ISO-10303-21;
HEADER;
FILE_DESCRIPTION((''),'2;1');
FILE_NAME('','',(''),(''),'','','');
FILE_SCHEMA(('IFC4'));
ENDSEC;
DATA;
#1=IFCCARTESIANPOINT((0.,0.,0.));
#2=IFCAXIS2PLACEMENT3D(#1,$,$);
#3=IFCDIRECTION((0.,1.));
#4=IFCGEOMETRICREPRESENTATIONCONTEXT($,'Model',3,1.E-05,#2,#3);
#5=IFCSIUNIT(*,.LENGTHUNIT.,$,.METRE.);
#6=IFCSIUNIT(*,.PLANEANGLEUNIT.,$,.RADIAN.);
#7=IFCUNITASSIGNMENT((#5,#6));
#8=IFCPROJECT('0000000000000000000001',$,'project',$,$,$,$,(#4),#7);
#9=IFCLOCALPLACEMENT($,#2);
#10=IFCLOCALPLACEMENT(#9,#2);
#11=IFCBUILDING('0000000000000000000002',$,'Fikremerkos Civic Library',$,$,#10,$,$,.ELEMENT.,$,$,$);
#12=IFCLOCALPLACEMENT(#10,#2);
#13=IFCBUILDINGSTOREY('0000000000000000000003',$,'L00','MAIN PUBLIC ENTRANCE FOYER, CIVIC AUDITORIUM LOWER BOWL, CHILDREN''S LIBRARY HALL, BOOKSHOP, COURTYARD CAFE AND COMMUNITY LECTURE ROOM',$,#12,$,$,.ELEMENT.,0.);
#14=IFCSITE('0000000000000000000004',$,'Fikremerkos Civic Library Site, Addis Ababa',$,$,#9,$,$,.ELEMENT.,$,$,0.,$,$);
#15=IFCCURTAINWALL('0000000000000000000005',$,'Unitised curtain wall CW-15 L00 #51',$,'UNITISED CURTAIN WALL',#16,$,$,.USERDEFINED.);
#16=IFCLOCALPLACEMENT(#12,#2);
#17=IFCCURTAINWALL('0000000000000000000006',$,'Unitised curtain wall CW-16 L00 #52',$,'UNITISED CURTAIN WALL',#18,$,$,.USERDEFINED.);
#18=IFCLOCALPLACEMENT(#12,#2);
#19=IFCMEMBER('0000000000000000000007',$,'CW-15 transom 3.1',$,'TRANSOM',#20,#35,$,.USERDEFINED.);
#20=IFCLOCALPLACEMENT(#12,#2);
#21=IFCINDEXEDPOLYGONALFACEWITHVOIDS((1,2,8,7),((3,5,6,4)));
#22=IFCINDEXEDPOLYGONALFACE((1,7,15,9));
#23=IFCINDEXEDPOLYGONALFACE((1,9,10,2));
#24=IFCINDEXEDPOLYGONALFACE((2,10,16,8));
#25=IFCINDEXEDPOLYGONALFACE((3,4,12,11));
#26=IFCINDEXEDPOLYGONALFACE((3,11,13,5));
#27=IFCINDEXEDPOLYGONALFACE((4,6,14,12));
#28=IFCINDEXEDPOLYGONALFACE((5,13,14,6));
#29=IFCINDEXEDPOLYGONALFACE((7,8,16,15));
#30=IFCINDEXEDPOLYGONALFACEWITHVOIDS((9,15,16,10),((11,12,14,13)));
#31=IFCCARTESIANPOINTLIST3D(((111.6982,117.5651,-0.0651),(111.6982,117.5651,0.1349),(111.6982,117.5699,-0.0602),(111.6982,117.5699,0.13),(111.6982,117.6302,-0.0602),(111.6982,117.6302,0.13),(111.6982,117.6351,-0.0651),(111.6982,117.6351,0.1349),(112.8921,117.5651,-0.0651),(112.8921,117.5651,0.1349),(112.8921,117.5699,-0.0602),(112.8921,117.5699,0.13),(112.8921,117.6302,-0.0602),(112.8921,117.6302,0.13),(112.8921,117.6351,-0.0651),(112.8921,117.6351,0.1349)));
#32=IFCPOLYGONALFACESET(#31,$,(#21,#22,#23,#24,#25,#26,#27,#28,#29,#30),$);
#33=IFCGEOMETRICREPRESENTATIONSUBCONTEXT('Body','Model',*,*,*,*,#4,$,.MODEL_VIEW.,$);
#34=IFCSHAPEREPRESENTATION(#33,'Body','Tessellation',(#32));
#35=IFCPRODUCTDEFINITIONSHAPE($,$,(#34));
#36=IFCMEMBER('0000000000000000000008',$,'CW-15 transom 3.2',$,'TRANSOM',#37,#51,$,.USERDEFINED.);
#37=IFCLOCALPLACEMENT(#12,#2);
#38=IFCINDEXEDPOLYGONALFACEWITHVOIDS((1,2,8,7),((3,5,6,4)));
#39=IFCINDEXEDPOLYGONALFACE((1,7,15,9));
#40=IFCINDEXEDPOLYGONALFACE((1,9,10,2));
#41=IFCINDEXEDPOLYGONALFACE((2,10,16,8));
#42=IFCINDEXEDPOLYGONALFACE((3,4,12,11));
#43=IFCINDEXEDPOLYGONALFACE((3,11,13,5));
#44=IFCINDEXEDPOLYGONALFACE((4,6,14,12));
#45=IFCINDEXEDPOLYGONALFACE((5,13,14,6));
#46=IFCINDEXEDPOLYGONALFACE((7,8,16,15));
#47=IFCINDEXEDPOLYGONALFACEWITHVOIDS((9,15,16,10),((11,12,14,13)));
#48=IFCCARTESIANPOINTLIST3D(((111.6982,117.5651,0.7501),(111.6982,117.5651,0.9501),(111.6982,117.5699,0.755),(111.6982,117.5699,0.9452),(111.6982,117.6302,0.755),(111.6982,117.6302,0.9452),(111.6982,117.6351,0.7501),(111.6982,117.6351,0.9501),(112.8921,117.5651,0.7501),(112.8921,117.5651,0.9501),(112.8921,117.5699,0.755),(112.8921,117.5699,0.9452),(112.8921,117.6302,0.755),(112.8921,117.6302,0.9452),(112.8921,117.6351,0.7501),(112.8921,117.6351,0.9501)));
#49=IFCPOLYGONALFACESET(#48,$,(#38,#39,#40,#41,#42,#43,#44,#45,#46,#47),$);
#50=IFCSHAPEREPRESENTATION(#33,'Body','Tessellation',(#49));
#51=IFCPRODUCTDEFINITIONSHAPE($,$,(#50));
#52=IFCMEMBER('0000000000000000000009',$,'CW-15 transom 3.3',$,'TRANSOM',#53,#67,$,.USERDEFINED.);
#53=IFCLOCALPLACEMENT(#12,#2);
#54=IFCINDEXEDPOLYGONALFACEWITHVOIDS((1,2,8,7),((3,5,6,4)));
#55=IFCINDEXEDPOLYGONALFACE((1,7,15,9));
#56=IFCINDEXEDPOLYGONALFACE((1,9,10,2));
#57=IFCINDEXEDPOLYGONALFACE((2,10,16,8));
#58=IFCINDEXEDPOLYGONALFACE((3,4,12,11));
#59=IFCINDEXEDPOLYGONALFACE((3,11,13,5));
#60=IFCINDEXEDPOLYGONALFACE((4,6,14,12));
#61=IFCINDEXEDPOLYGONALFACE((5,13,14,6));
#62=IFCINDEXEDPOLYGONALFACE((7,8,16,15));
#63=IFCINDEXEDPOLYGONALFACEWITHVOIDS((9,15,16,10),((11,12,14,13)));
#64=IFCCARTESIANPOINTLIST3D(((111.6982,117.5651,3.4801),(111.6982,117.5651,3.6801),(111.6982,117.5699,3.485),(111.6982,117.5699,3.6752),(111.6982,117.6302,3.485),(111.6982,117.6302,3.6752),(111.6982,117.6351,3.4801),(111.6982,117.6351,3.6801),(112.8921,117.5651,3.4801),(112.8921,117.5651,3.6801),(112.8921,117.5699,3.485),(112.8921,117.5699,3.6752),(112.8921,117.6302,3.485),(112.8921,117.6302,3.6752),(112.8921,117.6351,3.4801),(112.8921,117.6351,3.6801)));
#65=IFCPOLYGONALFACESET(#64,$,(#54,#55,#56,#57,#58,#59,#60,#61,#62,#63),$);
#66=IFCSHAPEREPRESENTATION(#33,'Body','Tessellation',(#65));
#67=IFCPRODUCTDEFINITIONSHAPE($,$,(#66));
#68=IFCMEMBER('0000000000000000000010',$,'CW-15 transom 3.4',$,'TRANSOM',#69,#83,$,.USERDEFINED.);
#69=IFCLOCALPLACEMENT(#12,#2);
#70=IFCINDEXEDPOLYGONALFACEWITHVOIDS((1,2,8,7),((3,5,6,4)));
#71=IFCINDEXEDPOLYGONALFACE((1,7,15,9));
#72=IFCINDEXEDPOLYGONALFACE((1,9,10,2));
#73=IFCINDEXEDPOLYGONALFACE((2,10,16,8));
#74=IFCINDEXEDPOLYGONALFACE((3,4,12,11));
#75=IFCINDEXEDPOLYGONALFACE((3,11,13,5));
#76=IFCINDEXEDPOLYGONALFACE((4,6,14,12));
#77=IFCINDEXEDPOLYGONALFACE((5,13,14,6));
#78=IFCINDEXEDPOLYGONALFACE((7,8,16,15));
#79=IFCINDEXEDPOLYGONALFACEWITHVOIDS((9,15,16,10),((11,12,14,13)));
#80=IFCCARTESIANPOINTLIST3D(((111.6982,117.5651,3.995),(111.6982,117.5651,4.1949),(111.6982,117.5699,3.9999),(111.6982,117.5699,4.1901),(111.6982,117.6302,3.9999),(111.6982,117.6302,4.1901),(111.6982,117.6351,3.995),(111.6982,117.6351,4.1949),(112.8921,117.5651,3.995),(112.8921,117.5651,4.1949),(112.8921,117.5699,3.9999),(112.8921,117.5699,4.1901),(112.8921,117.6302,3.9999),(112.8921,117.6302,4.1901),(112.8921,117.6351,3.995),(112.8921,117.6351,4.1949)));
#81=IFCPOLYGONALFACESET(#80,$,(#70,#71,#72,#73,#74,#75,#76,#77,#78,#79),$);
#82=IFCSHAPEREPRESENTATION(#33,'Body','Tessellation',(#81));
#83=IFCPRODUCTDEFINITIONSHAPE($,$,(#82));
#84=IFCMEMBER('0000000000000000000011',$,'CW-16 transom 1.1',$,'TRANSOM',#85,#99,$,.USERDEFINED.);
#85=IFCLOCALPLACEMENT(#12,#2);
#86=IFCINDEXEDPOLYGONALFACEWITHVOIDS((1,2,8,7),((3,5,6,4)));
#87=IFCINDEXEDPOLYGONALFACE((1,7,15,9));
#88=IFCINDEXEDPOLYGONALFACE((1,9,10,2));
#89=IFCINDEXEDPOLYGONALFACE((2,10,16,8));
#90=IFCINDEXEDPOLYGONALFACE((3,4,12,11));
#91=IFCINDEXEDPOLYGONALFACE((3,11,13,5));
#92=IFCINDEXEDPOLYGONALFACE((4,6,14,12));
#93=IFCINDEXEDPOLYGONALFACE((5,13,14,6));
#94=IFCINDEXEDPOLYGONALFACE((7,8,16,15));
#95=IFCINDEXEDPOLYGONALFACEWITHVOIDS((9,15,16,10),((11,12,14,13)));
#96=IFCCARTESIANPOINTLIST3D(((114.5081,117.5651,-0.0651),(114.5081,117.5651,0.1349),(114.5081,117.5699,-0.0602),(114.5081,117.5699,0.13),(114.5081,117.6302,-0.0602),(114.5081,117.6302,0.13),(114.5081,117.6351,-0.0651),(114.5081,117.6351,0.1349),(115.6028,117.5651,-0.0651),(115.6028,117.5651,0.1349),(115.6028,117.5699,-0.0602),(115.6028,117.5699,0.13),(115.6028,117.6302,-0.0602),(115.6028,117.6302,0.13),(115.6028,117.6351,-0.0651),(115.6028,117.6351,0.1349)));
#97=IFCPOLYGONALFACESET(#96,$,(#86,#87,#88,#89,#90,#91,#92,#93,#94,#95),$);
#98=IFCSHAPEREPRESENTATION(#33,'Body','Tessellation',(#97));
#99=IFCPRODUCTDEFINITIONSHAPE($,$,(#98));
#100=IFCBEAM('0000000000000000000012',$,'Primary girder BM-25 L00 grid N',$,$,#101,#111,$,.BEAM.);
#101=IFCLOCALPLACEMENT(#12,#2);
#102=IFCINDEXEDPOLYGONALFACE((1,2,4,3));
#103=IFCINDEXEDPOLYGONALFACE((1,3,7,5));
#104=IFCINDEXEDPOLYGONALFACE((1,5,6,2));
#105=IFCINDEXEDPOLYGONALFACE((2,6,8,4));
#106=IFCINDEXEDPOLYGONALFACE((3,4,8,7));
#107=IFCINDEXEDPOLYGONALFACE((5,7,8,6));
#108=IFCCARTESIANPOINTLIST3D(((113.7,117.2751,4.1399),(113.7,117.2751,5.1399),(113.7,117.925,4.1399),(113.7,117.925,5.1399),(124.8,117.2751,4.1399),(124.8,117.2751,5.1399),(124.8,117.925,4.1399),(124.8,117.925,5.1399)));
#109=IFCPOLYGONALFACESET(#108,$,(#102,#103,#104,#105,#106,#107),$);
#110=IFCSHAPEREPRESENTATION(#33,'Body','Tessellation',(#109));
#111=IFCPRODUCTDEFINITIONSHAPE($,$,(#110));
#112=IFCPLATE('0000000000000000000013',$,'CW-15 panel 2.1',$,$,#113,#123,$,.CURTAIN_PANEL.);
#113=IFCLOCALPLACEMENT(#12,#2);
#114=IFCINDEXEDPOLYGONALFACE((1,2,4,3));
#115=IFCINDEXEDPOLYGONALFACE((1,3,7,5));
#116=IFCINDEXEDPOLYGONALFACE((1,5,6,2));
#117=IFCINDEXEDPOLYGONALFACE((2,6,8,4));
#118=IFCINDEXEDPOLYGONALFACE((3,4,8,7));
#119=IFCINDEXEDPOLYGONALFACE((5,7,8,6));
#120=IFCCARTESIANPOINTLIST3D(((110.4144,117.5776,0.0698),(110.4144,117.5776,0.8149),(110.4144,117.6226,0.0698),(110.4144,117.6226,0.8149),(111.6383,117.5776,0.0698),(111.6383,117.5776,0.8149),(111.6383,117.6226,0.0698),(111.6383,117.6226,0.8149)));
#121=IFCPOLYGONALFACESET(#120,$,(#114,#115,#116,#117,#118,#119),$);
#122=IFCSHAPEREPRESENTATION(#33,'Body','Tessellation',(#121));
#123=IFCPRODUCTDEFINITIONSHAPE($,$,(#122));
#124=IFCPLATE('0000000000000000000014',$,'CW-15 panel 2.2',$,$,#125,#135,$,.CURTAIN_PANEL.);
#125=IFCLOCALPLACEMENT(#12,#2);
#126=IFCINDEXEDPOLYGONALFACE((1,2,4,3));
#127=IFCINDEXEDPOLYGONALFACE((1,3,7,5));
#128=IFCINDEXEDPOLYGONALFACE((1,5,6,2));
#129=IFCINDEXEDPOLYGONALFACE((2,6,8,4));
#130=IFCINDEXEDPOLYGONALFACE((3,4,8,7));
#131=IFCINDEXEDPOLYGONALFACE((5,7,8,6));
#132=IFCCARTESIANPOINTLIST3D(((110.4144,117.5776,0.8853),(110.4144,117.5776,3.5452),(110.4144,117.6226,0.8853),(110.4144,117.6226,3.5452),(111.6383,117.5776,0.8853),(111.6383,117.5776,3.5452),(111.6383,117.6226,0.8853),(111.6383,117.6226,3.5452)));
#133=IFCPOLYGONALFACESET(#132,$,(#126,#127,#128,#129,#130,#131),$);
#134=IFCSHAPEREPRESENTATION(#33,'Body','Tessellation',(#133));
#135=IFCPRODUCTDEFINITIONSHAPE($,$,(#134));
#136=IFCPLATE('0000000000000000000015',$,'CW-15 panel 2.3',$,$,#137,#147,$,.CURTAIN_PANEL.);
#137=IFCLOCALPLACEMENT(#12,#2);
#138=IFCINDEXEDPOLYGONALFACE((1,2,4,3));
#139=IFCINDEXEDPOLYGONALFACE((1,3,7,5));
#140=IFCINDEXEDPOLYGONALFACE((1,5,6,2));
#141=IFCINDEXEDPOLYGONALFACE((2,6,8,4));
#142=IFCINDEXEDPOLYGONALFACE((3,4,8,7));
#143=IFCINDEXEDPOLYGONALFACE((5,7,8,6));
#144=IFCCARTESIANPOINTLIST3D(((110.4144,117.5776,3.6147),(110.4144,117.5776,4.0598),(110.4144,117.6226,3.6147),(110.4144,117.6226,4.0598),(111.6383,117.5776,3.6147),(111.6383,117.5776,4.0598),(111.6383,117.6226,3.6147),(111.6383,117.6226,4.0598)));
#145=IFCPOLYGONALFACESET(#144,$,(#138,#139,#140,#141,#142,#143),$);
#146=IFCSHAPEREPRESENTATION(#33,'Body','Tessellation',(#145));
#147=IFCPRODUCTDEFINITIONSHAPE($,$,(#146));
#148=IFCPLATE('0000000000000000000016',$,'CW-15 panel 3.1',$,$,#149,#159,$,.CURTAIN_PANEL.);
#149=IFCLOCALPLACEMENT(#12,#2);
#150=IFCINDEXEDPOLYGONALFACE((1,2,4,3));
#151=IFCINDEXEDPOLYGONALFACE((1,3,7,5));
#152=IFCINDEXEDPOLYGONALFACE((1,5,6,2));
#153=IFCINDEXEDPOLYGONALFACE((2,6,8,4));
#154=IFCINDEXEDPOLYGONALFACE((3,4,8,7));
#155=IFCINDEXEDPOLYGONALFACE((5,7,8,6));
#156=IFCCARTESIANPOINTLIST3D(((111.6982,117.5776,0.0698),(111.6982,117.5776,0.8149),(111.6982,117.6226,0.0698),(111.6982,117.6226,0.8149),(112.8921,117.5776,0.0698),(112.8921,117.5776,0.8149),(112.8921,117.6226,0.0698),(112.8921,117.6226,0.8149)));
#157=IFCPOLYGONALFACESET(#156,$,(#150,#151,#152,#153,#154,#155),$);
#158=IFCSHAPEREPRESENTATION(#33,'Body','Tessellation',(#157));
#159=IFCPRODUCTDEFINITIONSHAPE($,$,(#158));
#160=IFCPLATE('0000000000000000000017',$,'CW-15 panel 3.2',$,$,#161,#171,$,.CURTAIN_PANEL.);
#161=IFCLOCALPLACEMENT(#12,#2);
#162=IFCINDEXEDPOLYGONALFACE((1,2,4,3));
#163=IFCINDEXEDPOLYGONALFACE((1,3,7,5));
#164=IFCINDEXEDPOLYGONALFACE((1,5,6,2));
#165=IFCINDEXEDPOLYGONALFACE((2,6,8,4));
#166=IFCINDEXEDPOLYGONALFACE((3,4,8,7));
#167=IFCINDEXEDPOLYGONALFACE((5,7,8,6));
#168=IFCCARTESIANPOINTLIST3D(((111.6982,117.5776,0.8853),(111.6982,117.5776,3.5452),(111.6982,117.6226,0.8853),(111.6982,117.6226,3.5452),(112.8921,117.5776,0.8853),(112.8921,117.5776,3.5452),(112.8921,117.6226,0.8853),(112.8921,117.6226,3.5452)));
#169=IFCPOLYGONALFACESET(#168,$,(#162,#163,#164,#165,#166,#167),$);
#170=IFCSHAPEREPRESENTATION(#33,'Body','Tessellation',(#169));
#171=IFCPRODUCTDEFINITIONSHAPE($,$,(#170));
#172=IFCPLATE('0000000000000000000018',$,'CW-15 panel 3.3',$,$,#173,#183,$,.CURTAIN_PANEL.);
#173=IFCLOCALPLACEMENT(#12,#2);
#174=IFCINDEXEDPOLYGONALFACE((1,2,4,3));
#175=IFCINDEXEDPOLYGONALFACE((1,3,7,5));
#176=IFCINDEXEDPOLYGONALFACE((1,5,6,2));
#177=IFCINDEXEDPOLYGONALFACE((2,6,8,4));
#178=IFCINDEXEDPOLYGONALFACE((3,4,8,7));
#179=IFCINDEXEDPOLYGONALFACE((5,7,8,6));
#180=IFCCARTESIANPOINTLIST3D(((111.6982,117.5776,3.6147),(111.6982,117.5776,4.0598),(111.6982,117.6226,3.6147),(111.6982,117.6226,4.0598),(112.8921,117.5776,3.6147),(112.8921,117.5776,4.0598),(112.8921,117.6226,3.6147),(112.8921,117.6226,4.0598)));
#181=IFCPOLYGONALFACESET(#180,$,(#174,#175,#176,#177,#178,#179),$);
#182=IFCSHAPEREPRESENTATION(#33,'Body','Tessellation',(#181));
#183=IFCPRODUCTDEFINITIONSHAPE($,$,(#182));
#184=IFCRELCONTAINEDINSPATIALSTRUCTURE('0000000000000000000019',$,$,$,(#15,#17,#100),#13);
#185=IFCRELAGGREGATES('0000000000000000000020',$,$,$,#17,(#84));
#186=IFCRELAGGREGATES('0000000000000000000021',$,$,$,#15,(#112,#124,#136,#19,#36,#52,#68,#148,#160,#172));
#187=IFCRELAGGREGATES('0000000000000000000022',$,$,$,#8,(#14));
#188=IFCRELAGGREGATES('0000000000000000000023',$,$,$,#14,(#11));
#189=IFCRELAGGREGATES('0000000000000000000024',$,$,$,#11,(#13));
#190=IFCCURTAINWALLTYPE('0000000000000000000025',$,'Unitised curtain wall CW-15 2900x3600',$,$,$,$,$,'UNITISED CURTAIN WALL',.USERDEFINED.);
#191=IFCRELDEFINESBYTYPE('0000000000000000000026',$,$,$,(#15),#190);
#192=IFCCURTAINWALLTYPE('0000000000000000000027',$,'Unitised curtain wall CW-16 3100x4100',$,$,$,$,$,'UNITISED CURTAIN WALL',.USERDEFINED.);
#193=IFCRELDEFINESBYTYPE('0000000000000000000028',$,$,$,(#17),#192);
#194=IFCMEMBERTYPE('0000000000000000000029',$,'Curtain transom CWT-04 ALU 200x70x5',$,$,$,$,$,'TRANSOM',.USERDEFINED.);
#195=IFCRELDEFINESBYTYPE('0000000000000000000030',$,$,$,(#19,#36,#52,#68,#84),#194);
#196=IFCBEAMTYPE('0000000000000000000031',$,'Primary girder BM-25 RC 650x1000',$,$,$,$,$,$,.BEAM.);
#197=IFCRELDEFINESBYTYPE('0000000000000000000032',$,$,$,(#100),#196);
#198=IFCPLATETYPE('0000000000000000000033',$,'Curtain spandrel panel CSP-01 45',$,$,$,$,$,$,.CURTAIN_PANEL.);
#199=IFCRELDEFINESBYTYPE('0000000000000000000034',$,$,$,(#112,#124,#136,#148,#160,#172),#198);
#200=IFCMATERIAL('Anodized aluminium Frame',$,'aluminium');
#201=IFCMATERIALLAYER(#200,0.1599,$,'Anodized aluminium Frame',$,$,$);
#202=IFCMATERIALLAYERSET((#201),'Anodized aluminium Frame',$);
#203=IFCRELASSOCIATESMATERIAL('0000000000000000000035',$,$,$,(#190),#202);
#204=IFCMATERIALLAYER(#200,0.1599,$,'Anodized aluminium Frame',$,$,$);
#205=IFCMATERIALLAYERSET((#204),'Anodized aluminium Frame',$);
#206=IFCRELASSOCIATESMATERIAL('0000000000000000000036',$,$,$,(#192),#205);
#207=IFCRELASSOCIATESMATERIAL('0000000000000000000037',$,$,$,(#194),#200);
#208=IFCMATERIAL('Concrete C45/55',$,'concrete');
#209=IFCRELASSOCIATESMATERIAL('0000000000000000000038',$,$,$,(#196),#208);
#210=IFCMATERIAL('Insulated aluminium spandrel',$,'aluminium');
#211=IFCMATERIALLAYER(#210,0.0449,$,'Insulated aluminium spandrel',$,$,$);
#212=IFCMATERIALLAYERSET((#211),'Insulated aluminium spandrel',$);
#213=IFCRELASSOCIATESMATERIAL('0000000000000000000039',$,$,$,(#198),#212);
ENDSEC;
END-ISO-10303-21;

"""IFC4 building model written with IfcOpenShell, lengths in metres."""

from ifc_helpers import new_model, si_unit, direction, frame, origin, origin_2d, place, context, subcontext, project, spatial, rectangle, hollow_rectangle, extrude, material, layer, layer_set, material_profile, profile_set, type_object, element, aggregate, save


model = new_model("IFC4")

# Units and contexts
model_context = context("Model", 3, precision=1e-05, world=origin(), true_north=direction((0.0, 1.0)))
body_context = subcontext(model_context, "Body", "Model", "MODEL_VIEW")
ifc_project = project(units=[si_unit("LENGTHUNIT", "METRE"), si_unit("PLANEANGLEUNIT", "RADIAN")], contexts=[model_context])

# Site, building, storey
site_placement = place(None, origin())
site = spatial("IfcSite", under=ifc_project, at=site_placement, Name="Fikremerkos Civic Library Site, Addis Ababa", CompositionType="ELEMENT", RefElevation=0.0)
building_placement = place(site_placement, origin())
building = spatial("IfcBuilding", under=site, at=building_placement, Name="Fikremerkos Civic Library", CompositionType="ELEMENT")
storey_placement = place(building_placement, origin())
storey = spatial("IfcBuildingStorey", under=building, at=storey_placement, Name="L00", Description="MAIN PUBLIC ENTRANCE FOYER, CIVIC AUDITORIUM LOWER BOWL, CHILDREN'S LIBRARY HALL, BOOKSHOP, COURTYARD CAFE AND COMMUNITY LECTURE ROOM", CompositionType="ELEMENT", Elevation=0.0)

# Curtain wall
ifc_material_1 = material(Name="Anodized aluminium Frame", Category="aluminium")
ifc_layer_1 = layer(ifc_material_1, 0.1599, Name="Anodized aluminium Frame")
ifc_layer_set_1 = layer_set([ifc_layer_1], Name="Anodized aluminium Frame")
curtain_wall_type_1 = type_object("IfcCurtainWallType", Name="Unitised curtain wall CW-15 2900x3600", ElementType="UNITISED CURTAIN WALL", PredefinedType="USERDEFINED", material=ifc_layer_set_1)
curtain_wall_1_placement = place(storey_placement, origin())
curtain_wall_1 = element("IfcCurtainWall", 1, at=curtain_wall_1_placement, inside=storey, type_object=curtain_wall_type_1, Name="Unitised curtain wall CW-15 L00 #51", ObjectType="UNITISED CURTAIN WALL", PredefinedType="USERDEFINED")

# Curtain wall
ifc_layer_2 = layer(ifc_material_1, 0.1599, Name="Anodized aluminium Frame")
ifc_layer_set_2 = layer_set([ifc_layer_2], Name="Anodized aluminium Frame")
curtain_wall_type_2 = type_object("IfcCurtainWallType", Name="Unitised curtain wall CW-16 3100x4100", ElementType="UNITISED CURTAIN WALL", PredefinedType="USERDEFINED", material=ifc_layer_set_2)
curtain_wall_2_placement = place(storey_placement, origin())
curtain_wall_2 = element("IfcCurtainWall", 2, at=curtain_wall_2_placement, inside=storey, type_object=curtain_wall_type_2, Name="Unitised curtain wall CW-16 L00 #52", ObjectType="UNITISED CURTAIN WALL", PredefinedType="USERDEFINED")

# Members
ifc_material_profile_1 = material_profile(ifc_material_1, hollow_rectangle(XDim=0.0701, YDim=0.2, WallThickness=0.0049, at=origin_2d()), Name="ALU 200x70x5")
ifc_profile_set_1 = profile_set([ifc_material_profile_1], Name="Anodized aluminium Frame")
member_type_1 = type_object("IfcMemberType", Name="Curtain transom CWT-04 ALU 200x70x5", ElementType="TRANSOM", PredefinedType="USERDEFINED", material=ifc_profile_set_1)
member_1_placement = place(storey_placement, frame((111.6982, 117.6001, 0.0349), z_axis=(1.0, 0.0, 0.0), x_axis=(0.0, 1.0, 0.0)))
member_1 = element("IfcMember", 3, at=member_1_placement, type_object=member_type_1, Name="CW-15 transom 3.1", ObjectType="TRANSOM", PredefinedType="USERDEFINED", context=body_context, shape_type="SweptSolid", body=[
    extrude(hollow_rectangle(XDim=0.0701, YDim=0.2, WallThickness=0.0049, at=origin_2d()), origin(), (0.0, 0.0, 1.0), 1.1938),
])
member_2_placement = place(storey_placement, frame((111.6982, 117.6001, 0.8501), z_axis=(1.0, 0.0, 0.0), x_axis=(0.0, 1.0, 0.0)))
member_2 = element("IfcMember", 4, at=member_2_placement, type_object=member_type_1, Name="CW-15 transom 3.2", ObjectType="TRANSOM", PredefinedType="USERDEFINED", context=body_context, shape_type="SweptSolid", body=[
    extrude(hollow_rectangle(XDim=0.0701, YDim=0.2, WallThickness=0.0049, at=origin_2d()), origin(), (0.0, 0.0, 1.0), 1.1938),
])
member_3_placement = place(storey_placement, frame((111.6982, 117.6001, 3.5801), z_axis=(1.0, 0.0, 0.0), x_axis=(0.0, 1.0, 0.0)))
member_3 = element("IfcMember", 5, at=member_3_placement, type_object=member_type_1, Name="CW-15 transom 3.3", ObjectType="TRANSOM", PredefinedType="USERDEFINED", context=body_context, shape_type="SweptSolid", body=[
    extrude(hollow_rectangle(XDim=0.0701, YDim=0.2, WallThickness=0.0049, at=origin_2d()), origin(), (0.0, 0.0, 1.0), 1.1938),
])
member_4_placement = place(storey_placement, frame((111.6982, 117.6001, 4.095), z_axis=(1.0, 0.0, 0.0), x_axis=(0.0, 1.0, 0.0)))
member_4 = element("IfcMember", 6, at=member_4_placement, type_object=member_type_1, Name="CW-15 transom 3.4", ObjectType="TRANSOM", PredefinedType="USERDEFINED", context=body_context, shape_type="SweptSolid", body=[
    extrude(hollow_rectangle(XDim=0.0701, YDim=0.2, WallThickness=0.0049, at=origin_2d()), origin(), (0.0, 0.0, 1.0), 1.1938),
])
member_5_placement = place(storey_placement, frame((114.5081, 117.6001, 0.0349), z_axis=(1.0, 0.0, 0.0), x_axis=(0.0, 1.0, 0.0)))
member_5 = element("IfcMember", 7, at=member_5_placement, type_object=member_type_1, Name="CW-16 transom 1.1", ObjectType="TRANSOM", PredefinedType="USERDEFINED", context=body_context, shape_type="SweptSolid", body=[
    extrude(hollow_rectangle(XDim=0.0701, YDim=0.2, WallThickness=0.0049, at=origin_2d()), origin(), (0.0, 0.0, 1.0), 1.0947),
])
aggregate(curtain_wall_2, [member_5])

# Beam
ifc_material_2 = material(Name="Concrete C45/55", Category="concrete")
ifc_material_profile_2 = material_profile(ifc_material_2, rectangle(XDim=0.6499, YDim=1.0, at=origin_2d()), Name="RC 650x1000")
ifc_profile_set_2 = profile_set([ifc_material_profile_2], Name="Concrete C45/55")
beam_type = type_object("IfcBeamType", Name="Primary girder BM-25 RC 650x1000", PredefinedType="BEAM", material=ifc_profile_set_2)
beam_placement = place(storey_placement, frame((113.7, 117.6001, 4.6399), z_axis=(1.0, 0.0, 0.0), x_axis=(0.0, 1.0, 0.0)))
element("IfcBeam", 8, at=beam_placement, inside=storey, type_object=beam_type, Name="Primary girder BM-25 L00 grid N", PredefinedType="BEAM", context=body_context, shape_type="SweptSolid", body=[
    extrude(rectangle(XDim=0.6499, YDim=1.0, at=origin_2d()), origin(), (0.0, 0.0, 1.0), 11.1001),
])

# Plates
ifc_material_3 = material(Name="Insulated aluminium spandrel", Category="aluminium")
ifc_layer_3 = layer(ifc_material_3, 0.0449, Name="Insulated aluminium spandrel")
ifc_layer_set_3 = layer_set([ifc_layer_3], Name="Insulated aluminium spandrel")
plate_type = type_object("IfcPlateType", Name="Curtain spandrel panel CSP-01 45", PredefinedType="CURTAIN_PANEL", material=ifc_layer_set_3)
plate_1_placement = place(storey_placement, frame((111.0264, 117.6001, 0.0698), z_axis=(0.0, 0.0, 1.0), x_axis=(1.0, 0.0, 0.0)))
plate_1 = element("IfcPlate", 9, at=plate_1_placement, type_object=plate_type, Name="CW-15 panel 2.1", PredefinedType="CURTAIN_PANEL", context=body_context, shape_type="SweptSolid", body=[
    extrude(rectangle(XDim=1.2239, YDim=0.0449, at=origin_2d()), origin(), (0.0, 0.0, 1.0), 0.7451),
])
plate_2_placement = place(storey_placement, frame((111.0264, 117.6001, 0.8853), z_axis=(0.0, 0.0, 1.0), x_axis=(1.0, 0.0, 0.0)))
plate_2 = element("IfcPlate", 10, at=plate_2_placement, type_object=plate_type, Name="CW-15 panel 2.2", PredefinedType="CURTAIN_PANEL", context=body_context, shape_type="SweptSolid", body=[
    extrude(rectangle(XDim=1.2239, YDim=0.0449, at=origin_2d()), origin(), (0.0, 0.0, 1.0), 2.6599),
])
plate_3_placement = place(storey_placement, frame((111.0264, 117.6001, 3.6147), z_axis=(0.0, 0.0, 1.0), x_axis=(1.0, 0.0, 0.0)))
plate_3 = element("IfcPlate", 11, at=plate_3_placement, type_object=plate_type, Name="CW-15 panel 2.3", PredefinedType="CURTAIN_PANEL", context=body_context, shape_type="SweptSolid", body=[
    extrude(rectangle(XDim=1.2239, YDim=0.0449, at=origin_2d()), origin(), (0.0, 0.0, 1.0), 0.4451),
])
plate_4_placement = place(storey_placement, frame((112.2952, 117.6001, 0.0698), z_axis=(0.0, 0.0, 1.0), x_axis=(1.0, 0.0, 0.0)))
plate_4 = element("IfcPlate", 12, at=plate_4_placement, type_object=plate_type, Name="CW-15 panel 3.1", PredefinedType="CURTAIN_PANEL", context=body_context, shape_type="SweptSolid", body=[
    extrude(rectangle(XDim=1.1938, YDim=0.0449, at=origin_2d()), origin(), (0.0, 0.0, 1.0), 0.7451),
])
plate_5_placement = place(storey_placement, frame((112.2952, 117.6001, 0.8853), z_axis=(0.0, 0.0, 1.0), x_axis=(1.0, 0.0, 0.0)))
plate_5 = element("IfcPlate", 13, at=plate_5_placement, type_object=plate_type, Name="CW-15 panel 3.2", PredefinedType="CURTAIN_PANEL", context=body_context, shape_type="SweptSolid", body=[
    extrude(rectangle(XDim=1.1938, YDim=0.0449, at=origin_2d()), origin(), (0.0, 0.0, 1.0), 2.6599),
])
plate_6_placement = place(storey_placement, frame((112.2952, 117.6001, 3.6147), z_axis=(0.0, 0.0, 1.0), x_axis=(1.0, 0.0, 0.0)))
plate_6 = element("IfcPlate", 14, at=plate_6_placement, type_object=plate_type, Name="CW-15 panel 3.3", PredefinedType="CURTAIN_PANEL", context=body_context, shape_type="SweptSolid", body=[
    extrude(rectangle(XDim=1.1938, YDim=0.0449, at=origin_2d()), origin(), (0.0, 0.0, 1.0), 0.4451),
])
aggregate(curtain_wall_1, [plate_1, plate_2, plate_3, member_1, member_2, member_3, member_4, plate_4, plate_5, plate_6])

save(model, "model.ifc")
